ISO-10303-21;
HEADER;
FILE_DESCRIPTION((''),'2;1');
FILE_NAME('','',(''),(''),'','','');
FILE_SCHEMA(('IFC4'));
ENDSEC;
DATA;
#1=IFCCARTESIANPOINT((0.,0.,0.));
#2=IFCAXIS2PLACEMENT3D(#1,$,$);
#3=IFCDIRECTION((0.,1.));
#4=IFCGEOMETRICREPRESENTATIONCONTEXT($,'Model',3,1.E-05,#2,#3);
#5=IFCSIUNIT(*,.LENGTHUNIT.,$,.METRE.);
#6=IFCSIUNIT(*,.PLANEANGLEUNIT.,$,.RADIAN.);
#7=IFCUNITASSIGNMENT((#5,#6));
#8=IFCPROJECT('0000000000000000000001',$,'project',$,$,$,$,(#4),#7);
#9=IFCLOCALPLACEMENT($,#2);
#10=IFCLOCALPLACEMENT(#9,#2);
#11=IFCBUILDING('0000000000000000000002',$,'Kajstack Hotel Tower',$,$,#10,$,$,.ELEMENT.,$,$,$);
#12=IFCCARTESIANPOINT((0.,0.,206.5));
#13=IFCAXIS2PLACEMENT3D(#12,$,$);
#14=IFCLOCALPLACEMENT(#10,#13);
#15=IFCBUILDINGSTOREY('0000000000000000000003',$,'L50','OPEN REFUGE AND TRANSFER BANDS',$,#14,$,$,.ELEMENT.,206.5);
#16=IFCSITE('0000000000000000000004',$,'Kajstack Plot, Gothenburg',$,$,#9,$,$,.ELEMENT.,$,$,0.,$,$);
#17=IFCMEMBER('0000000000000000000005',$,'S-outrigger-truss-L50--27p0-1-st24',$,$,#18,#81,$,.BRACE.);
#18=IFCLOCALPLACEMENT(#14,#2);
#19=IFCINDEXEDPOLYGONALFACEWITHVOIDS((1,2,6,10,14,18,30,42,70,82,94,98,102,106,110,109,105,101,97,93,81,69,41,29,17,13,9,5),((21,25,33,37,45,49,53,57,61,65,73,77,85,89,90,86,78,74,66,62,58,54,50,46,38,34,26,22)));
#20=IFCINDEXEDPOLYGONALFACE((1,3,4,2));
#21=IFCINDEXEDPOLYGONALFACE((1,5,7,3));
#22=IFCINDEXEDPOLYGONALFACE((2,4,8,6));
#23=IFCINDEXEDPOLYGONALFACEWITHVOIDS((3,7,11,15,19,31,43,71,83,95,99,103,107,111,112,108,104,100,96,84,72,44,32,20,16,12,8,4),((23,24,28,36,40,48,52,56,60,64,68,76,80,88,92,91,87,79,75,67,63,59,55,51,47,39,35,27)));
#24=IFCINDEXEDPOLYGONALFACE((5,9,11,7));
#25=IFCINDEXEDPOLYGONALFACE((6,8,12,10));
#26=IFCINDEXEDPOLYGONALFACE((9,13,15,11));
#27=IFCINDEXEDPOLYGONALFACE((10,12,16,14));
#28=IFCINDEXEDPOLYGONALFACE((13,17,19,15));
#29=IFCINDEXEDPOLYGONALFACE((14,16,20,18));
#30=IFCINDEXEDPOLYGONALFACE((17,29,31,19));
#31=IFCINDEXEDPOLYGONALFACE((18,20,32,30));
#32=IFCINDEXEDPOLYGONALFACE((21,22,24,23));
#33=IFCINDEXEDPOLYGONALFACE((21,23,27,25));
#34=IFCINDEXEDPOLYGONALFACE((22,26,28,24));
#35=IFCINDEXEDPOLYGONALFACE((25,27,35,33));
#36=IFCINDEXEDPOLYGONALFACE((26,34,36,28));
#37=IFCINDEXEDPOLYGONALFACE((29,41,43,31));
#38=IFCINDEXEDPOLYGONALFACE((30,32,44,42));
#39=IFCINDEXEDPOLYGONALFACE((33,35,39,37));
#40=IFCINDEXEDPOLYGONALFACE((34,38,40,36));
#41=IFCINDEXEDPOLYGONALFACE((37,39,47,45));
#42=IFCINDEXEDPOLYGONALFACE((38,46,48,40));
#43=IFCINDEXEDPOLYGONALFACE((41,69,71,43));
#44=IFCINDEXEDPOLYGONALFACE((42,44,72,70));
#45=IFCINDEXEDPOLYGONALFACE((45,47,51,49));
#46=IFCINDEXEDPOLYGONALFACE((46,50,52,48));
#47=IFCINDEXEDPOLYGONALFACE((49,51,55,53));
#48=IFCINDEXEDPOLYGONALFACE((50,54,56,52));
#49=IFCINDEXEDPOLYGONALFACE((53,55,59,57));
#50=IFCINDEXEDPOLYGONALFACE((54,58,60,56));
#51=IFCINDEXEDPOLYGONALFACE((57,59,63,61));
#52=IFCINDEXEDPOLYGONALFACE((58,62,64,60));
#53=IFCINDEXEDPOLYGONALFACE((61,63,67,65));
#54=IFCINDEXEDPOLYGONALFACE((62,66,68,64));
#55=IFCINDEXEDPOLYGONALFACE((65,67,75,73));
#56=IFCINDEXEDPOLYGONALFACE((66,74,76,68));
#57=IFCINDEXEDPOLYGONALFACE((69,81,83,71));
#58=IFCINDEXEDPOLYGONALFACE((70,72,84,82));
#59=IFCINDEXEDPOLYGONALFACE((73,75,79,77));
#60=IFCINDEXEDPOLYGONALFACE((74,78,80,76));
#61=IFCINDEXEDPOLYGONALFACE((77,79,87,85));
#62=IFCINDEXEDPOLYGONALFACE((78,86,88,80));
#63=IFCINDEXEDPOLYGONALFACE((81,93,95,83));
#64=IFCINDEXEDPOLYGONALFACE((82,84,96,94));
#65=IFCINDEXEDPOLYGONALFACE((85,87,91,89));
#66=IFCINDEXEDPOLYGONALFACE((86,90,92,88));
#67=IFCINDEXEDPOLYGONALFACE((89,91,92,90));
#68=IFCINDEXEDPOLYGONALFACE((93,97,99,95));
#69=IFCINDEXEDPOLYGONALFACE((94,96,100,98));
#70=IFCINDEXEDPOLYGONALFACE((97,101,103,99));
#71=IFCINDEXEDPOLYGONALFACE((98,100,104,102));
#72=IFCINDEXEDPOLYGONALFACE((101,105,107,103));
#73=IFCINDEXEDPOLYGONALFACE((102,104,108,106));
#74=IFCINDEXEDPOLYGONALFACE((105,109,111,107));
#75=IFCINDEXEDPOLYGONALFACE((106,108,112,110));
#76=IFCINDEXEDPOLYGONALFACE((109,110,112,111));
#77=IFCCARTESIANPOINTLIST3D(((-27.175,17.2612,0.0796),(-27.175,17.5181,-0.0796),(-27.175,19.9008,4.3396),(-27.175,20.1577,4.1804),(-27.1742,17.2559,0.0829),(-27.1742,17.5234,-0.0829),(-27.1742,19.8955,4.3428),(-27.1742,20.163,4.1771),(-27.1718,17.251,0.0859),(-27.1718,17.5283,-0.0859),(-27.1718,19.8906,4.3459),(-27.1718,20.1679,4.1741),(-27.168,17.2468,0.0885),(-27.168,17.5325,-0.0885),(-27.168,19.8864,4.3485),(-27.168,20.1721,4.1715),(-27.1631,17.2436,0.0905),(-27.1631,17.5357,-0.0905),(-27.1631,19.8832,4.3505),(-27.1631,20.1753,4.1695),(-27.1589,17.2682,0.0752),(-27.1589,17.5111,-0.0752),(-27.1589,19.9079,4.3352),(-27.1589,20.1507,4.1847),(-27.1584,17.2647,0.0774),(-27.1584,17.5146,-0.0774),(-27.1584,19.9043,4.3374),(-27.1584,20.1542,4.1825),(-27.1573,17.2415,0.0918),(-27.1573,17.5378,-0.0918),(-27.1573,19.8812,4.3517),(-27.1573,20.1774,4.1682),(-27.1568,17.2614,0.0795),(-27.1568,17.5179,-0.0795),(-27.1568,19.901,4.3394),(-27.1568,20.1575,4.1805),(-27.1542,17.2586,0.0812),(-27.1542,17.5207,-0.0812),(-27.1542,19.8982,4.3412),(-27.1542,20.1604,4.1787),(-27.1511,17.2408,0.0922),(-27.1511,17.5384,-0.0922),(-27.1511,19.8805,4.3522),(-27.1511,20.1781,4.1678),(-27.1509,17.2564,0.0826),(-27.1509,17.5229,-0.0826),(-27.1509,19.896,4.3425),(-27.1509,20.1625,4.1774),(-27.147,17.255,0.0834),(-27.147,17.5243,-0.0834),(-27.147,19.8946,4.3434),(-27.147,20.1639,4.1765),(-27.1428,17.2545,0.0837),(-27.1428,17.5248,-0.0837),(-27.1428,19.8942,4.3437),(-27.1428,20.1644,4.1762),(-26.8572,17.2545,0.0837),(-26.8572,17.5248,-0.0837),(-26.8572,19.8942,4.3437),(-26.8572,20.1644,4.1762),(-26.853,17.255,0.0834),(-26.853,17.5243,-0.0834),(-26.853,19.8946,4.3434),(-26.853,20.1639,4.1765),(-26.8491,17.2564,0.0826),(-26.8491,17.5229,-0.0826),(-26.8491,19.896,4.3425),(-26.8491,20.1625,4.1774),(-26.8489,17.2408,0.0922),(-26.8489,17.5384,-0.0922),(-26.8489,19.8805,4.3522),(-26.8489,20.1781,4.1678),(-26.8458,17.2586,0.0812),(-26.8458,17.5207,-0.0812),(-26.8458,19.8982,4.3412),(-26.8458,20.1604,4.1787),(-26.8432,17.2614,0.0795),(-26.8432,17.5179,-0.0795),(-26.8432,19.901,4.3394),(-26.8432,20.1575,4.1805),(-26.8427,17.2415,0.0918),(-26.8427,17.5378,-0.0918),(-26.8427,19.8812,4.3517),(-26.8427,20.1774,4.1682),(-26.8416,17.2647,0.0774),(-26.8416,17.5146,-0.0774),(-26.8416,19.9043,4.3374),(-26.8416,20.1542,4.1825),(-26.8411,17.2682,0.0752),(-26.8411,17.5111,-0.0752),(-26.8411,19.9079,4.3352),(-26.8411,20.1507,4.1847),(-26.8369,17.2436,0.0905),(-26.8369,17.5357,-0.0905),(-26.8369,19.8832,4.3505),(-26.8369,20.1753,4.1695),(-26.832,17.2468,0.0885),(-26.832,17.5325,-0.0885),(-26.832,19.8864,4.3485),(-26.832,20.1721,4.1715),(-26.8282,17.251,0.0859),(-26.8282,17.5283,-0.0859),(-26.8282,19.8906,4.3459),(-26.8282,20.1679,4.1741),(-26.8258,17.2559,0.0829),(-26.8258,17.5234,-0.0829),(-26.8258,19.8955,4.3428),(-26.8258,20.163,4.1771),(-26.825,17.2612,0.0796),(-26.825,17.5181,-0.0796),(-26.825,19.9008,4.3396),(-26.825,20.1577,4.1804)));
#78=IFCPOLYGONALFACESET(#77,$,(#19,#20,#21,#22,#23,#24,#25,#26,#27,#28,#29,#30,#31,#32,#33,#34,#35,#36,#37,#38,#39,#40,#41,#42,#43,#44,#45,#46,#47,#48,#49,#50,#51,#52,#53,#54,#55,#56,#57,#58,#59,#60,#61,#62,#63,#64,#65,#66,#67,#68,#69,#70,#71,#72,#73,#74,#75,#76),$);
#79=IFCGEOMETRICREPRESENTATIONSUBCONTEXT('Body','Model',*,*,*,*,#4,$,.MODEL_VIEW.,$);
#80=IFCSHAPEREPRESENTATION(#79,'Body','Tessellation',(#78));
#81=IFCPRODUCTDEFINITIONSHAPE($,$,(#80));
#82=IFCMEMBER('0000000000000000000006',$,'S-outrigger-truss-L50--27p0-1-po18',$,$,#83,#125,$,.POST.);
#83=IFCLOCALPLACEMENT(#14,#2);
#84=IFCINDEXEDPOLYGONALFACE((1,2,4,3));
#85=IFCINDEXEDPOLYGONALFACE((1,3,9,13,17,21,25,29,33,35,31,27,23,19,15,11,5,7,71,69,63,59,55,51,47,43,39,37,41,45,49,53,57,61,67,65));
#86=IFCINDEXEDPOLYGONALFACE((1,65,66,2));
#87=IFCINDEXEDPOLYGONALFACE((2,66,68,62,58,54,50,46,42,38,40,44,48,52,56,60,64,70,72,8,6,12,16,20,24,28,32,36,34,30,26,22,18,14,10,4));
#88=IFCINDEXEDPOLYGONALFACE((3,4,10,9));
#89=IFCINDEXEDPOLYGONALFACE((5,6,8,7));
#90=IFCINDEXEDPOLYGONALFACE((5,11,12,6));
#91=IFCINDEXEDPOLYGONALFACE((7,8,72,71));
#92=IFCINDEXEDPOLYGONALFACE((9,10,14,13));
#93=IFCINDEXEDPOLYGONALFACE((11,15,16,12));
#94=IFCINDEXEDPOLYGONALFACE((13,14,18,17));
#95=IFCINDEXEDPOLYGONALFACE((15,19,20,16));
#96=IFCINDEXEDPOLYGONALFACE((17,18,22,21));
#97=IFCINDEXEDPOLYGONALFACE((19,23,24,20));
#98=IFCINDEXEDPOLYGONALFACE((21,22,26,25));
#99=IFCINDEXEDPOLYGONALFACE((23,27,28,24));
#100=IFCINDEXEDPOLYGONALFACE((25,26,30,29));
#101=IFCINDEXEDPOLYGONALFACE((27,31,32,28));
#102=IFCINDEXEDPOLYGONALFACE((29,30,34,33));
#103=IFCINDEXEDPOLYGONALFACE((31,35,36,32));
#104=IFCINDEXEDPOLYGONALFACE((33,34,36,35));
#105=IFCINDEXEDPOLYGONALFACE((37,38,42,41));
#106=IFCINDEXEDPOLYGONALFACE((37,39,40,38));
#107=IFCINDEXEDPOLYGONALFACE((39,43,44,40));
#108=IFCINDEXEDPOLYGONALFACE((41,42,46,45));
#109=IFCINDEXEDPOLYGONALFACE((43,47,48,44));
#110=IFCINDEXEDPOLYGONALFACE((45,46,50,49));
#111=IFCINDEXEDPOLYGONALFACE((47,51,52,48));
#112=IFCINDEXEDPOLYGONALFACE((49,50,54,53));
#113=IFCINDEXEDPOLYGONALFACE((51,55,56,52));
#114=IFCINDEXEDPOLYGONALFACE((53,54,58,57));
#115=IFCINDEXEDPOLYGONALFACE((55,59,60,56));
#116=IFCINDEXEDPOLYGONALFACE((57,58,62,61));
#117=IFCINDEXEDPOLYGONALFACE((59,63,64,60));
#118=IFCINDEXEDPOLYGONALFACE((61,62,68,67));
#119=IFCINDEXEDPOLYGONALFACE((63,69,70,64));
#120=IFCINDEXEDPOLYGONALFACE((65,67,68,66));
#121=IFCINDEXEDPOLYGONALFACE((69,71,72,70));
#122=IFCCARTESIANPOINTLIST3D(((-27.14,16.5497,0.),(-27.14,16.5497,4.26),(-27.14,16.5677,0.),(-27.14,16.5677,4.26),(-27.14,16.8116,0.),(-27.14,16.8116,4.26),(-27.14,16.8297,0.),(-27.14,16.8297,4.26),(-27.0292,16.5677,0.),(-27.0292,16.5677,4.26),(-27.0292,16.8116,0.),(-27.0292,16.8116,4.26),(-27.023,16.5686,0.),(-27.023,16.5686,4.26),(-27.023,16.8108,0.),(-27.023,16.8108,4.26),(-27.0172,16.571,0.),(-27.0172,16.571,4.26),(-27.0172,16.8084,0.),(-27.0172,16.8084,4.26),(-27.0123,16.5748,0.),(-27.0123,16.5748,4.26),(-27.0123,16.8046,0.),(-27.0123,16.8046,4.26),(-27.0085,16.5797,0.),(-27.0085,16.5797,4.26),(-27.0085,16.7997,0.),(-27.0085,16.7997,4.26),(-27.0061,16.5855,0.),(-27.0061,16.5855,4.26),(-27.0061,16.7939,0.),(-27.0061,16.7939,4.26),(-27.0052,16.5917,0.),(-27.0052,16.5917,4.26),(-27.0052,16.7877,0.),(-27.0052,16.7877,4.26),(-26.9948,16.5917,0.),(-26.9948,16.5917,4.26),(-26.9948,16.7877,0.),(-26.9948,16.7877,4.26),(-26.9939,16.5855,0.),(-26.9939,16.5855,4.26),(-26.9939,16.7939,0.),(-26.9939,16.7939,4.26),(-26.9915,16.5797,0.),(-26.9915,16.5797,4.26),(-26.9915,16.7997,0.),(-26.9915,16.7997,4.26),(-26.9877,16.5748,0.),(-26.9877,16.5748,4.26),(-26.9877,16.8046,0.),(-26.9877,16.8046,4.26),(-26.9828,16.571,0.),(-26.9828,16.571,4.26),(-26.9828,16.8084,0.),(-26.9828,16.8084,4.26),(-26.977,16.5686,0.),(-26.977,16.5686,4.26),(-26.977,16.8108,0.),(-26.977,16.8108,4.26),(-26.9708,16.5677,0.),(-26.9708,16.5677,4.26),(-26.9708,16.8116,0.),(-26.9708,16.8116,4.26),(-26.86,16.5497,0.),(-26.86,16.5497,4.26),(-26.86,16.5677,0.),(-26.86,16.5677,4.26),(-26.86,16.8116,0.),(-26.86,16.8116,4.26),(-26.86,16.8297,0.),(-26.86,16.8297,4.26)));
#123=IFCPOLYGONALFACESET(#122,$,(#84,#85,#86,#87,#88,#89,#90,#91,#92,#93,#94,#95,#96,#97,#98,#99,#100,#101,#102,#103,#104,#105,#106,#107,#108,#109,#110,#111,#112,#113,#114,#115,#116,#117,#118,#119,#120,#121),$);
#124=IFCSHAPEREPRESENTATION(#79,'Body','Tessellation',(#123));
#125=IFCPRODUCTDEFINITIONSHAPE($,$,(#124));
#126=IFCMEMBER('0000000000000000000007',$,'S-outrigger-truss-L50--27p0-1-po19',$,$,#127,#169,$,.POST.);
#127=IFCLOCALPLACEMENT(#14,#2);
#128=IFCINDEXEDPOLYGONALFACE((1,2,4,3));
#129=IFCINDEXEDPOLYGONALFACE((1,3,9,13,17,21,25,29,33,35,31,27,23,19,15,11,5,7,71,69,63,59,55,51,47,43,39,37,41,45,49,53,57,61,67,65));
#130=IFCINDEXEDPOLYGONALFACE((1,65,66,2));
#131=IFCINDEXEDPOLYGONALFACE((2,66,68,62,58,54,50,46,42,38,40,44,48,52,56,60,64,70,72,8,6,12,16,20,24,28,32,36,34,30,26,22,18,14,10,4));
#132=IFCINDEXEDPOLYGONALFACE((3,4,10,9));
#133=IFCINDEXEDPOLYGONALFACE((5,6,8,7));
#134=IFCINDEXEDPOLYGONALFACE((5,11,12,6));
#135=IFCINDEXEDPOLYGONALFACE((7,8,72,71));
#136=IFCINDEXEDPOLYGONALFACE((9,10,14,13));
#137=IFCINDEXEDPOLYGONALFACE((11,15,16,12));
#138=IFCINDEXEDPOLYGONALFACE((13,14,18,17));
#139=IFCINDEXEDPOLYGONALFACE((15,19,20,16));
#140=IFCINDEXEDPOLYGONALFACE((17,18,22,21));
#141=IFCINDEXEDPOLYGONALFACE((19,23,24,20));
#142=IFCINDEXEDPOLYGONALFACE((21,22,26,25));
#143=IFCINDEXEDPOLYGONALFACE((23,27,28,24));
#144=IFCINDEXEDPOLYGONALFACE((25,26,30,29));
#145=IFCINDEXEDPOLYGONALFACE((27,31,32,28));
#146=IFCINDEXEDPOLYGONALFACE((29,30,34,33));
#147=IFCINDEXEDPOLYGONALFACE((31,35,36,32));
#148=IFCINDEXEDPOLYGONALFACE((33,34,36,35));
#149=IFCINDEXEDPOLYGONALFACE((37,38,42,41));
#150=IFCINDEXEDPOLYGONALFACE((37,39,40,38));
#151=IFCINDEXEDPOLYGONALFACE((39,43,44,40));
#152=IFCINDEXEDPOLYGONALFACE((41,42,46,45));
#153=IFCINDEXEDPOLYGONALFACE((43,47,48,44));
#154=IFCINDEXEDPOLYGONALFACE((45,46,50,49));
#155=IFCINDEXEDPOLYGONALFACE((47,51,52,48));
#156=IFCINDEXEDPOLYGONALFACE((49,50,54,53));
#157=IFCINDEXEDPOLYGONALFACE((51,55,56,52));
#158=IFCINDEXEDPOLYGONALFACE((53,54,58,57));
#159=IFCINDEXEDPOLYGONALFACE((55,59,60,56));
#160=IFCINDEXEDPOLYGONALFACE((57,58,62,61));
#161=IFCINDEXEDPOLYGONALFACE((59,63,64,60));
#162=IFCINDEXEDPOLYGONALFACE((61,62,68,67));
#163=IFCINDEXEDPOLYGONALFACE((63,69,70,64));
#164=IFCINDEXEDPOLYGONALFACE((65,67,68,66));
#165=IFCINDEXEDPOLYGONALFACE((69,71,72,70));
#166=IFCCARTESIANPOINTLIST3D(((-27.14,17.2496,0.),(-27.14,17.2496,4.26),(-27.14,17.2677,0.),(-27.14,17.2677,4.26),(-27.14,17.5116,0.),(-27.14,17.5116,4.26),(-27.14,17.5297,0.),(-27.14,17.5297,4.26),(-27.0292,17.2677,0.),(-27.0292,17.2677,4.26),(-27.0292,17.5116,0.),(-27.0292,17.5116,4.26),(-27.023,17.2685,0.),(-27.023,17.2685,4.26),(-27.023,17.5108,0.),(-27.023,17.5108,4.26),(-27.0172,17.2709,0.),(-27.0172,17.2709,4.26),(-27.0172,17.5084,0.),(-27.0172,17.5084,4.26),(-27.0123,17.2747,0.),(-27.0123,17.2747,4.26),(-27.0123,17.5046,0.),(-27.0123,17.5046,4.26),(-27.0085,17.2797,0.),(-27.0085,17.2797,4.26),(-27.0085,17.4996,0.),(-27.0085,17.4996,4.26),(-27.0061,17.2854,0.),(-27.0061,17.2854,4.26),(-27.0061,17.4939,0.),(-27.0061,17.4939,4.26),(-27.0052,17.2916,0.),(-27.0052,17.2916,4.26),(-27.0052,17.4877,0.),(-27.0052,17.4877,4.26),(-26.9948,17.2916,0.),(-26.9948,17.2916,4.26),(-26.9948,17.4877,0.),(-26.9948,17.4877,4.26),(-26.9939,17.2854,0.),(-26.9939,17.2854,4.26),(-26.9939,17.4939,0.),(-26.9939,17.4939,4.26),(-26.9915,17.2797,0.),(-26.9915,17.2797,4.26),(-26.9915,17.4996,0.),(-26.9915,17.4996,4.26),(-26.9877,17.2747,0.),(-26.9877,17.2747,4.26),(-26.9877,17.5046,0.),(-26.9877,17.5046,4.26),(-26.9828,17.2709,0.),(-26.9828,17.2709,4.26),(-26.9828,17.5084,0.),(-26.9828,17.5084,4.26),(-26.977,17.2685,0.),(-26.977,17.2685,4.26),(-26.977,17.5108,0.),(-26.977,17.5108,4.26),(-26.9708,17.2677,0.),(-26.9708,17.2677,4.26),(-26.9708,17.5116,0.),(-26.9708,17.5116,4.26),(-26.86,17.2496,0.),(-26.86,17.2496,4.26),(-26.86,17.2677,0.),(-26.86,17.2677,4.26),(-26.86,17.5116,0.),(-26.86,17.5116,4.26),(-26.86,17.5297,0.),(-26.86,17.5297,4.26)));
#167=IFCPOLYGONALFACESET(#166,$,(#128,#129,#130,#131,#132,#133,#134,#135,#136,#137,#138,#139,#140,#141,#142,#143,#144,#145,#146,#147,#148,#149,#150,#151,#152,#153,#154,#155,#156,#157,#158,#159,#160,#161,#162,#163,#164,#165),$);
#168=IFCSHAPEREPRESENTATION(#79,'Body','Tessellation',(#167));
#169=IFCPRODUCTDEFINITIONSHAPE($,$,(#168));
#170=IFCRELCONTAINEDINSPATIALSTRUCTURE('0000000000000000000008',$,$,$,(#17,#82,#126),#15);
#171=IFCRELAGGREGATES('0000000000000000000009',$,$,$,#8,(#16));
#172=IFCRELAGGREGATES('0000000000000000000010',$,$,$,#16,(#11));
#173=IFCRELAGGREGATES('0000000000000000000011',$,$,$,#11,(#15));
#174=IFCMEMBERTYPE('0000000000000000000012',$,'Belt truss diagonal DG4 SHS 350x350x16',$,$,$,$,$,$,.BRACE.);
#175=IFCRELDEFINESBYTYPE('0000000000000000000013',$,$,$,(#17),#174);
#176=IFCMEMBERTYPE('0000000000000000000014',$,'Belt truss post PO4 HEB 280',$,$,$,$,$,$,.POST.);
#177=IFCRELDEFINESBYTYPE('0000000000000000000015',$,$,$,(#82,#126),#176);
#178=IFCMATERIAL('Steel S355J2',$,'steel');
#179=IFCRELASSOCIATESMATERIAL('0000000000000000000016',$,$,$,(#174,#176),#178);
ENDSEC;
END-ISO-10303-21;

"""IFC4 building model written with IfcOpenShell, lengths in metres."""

from ifc_helpers import new_model, si_unit, direction, frame, origin, origin_2d, place, context, subcontext, project, spatial, hollow_rectangle, i_section, extrude, material, material_profile, profile_set, type_object, element, save


model = new_model("IFC4")

# Units and contexts
model_context = context("Model", 3, precision=1e-05, world=origin(), true_north=direction((0.0, 1.0)))
body_context = subcontext(model_context, "Body", "Model", "MODEL_VIEW")
ifc_project = project(units=[si_unit("LENGTHUNIT", "METRE"), si_unit("PLANEANGLEUNIT", "RADIAN")], contexts=[model_context])

# Site, building, storey
site_placement = place(None, origin())
site = spatial("IfcSite", under=ifc_project, at=site_placement, Name="Kajstack Plot, Gothenburg", CompositionType="ELEMENT", RefElevation=0.0)
building_placement = place(site_placement, origin())
building = spatial("IfcBuilding", under=site, at=building_placement, Name="Kajstack Hotel Tower", CompositionType="ELEMENT")
storey_placement = place(building_placement, frame((0.0, 0.0, 206.5)))
storey = spatial("IfcBuildingStorey", under=building, at=storey_placement, Name="L50", Description="OPEN REFUGE AND TRANSFER BANDS", CompositionType="ELEMENT", Elevation=206.5)

# Members
ifc_material_1 = material(Name="Steel S355J2", Category="steel")
ifc_material_profile_1 = material_profile(ifc_material_1, hollow_rectangle(XDim=0.3501, YDim=0.3501, WallThickness=0.0161, InnerFilletRadius=0.0161, OuterFilletRadius=0.0239, at=origin_2d()), Name="SHS 350x350x16")
ifc_profile_set_1 = profile_set([ifc_material_profile_1], Name="Steel S355J2")
member_type_1 = type_object("IfcMemberType", Name="Belt truss diagonal DG4 SHS 350x350x16", PredefinedType="BRACE", material=ifc_profile_set_1)
member_1_placement = place(storey_placement, frame((-27.0, 17.3896, 0.0), z_axis=(0.0, 0.526715, 0.850042), x_axis=(-1.0, 0.0, 0.0)))
element("IfcMember", 1, at=member_1_placement, inside=storey, type_object=member_type_1, Name="S-outrigger-truss-L50--27p0-1-st24", PredefinedType="BRACE", context=body_context, shape_type="SweptSolid", body=[
    extrude(hollow_rectangle(XDim=0.3501, YDim=0.3501, WallThickness=0.0161, InnerFilletRadius=0.0161, OuterFilletRadius=0.0239, at=origin_2d()), origin(), (0.0, 0.0, 1.0), 5.0115),
])
ifc_material_profile_2 = material_profile(ifc_material_1, i_section(OverallWidth=0.28, OverallDepth=0.28, WebThickness=0.0105, FlangeThickness=0.0181, FilletRadius=0.0239, at=origin_2d()), Name="HEB 280")
ifc_profile_set_2 = profile_set([ifc_material_profile_2], Name="Steel S355J2")
member_type_2 = type_object("IfcMemberType", Name="Belt truss post PO4 HEB 280", PredefinedType="POST", material=ifc_profile_set_2)
for number, where, z_axis, x_axis, name in (
    (2, (-27.0, 16.6897, 0.0), (0.0, 0.0, 1.0), (1.0, 0.0, 0.0), "S-outrigger-truss-L50--27p0-1-po18"),
    (3, (-27.0, 17.3896, 0.0), (0.0, 0.0, 1.0), (1.0, 0.0, 0.0), "S-outrigger-truss-L50--27p0-1-po19"),
):
    element("IfcMember", number, at=place(storey_placement, frame(where, z_axis=z_axis, x_axis=x_axis)), inside=storey, type_object=member_type_2, Name=name, PredefinedType="POST", context=body_context, shape_type="SweptSolid", body=[
        extrude(i_section(OverallWidth=0.28, OverallDepth=0.28, WebThickness=0.0105, FlangeThickness=0.0181, FilletRadius=0.0239, at=origin_2d()), origin(), (0.0, 0.0, 1.0), 4.26),
    ])

save(model, "model.ifc")
